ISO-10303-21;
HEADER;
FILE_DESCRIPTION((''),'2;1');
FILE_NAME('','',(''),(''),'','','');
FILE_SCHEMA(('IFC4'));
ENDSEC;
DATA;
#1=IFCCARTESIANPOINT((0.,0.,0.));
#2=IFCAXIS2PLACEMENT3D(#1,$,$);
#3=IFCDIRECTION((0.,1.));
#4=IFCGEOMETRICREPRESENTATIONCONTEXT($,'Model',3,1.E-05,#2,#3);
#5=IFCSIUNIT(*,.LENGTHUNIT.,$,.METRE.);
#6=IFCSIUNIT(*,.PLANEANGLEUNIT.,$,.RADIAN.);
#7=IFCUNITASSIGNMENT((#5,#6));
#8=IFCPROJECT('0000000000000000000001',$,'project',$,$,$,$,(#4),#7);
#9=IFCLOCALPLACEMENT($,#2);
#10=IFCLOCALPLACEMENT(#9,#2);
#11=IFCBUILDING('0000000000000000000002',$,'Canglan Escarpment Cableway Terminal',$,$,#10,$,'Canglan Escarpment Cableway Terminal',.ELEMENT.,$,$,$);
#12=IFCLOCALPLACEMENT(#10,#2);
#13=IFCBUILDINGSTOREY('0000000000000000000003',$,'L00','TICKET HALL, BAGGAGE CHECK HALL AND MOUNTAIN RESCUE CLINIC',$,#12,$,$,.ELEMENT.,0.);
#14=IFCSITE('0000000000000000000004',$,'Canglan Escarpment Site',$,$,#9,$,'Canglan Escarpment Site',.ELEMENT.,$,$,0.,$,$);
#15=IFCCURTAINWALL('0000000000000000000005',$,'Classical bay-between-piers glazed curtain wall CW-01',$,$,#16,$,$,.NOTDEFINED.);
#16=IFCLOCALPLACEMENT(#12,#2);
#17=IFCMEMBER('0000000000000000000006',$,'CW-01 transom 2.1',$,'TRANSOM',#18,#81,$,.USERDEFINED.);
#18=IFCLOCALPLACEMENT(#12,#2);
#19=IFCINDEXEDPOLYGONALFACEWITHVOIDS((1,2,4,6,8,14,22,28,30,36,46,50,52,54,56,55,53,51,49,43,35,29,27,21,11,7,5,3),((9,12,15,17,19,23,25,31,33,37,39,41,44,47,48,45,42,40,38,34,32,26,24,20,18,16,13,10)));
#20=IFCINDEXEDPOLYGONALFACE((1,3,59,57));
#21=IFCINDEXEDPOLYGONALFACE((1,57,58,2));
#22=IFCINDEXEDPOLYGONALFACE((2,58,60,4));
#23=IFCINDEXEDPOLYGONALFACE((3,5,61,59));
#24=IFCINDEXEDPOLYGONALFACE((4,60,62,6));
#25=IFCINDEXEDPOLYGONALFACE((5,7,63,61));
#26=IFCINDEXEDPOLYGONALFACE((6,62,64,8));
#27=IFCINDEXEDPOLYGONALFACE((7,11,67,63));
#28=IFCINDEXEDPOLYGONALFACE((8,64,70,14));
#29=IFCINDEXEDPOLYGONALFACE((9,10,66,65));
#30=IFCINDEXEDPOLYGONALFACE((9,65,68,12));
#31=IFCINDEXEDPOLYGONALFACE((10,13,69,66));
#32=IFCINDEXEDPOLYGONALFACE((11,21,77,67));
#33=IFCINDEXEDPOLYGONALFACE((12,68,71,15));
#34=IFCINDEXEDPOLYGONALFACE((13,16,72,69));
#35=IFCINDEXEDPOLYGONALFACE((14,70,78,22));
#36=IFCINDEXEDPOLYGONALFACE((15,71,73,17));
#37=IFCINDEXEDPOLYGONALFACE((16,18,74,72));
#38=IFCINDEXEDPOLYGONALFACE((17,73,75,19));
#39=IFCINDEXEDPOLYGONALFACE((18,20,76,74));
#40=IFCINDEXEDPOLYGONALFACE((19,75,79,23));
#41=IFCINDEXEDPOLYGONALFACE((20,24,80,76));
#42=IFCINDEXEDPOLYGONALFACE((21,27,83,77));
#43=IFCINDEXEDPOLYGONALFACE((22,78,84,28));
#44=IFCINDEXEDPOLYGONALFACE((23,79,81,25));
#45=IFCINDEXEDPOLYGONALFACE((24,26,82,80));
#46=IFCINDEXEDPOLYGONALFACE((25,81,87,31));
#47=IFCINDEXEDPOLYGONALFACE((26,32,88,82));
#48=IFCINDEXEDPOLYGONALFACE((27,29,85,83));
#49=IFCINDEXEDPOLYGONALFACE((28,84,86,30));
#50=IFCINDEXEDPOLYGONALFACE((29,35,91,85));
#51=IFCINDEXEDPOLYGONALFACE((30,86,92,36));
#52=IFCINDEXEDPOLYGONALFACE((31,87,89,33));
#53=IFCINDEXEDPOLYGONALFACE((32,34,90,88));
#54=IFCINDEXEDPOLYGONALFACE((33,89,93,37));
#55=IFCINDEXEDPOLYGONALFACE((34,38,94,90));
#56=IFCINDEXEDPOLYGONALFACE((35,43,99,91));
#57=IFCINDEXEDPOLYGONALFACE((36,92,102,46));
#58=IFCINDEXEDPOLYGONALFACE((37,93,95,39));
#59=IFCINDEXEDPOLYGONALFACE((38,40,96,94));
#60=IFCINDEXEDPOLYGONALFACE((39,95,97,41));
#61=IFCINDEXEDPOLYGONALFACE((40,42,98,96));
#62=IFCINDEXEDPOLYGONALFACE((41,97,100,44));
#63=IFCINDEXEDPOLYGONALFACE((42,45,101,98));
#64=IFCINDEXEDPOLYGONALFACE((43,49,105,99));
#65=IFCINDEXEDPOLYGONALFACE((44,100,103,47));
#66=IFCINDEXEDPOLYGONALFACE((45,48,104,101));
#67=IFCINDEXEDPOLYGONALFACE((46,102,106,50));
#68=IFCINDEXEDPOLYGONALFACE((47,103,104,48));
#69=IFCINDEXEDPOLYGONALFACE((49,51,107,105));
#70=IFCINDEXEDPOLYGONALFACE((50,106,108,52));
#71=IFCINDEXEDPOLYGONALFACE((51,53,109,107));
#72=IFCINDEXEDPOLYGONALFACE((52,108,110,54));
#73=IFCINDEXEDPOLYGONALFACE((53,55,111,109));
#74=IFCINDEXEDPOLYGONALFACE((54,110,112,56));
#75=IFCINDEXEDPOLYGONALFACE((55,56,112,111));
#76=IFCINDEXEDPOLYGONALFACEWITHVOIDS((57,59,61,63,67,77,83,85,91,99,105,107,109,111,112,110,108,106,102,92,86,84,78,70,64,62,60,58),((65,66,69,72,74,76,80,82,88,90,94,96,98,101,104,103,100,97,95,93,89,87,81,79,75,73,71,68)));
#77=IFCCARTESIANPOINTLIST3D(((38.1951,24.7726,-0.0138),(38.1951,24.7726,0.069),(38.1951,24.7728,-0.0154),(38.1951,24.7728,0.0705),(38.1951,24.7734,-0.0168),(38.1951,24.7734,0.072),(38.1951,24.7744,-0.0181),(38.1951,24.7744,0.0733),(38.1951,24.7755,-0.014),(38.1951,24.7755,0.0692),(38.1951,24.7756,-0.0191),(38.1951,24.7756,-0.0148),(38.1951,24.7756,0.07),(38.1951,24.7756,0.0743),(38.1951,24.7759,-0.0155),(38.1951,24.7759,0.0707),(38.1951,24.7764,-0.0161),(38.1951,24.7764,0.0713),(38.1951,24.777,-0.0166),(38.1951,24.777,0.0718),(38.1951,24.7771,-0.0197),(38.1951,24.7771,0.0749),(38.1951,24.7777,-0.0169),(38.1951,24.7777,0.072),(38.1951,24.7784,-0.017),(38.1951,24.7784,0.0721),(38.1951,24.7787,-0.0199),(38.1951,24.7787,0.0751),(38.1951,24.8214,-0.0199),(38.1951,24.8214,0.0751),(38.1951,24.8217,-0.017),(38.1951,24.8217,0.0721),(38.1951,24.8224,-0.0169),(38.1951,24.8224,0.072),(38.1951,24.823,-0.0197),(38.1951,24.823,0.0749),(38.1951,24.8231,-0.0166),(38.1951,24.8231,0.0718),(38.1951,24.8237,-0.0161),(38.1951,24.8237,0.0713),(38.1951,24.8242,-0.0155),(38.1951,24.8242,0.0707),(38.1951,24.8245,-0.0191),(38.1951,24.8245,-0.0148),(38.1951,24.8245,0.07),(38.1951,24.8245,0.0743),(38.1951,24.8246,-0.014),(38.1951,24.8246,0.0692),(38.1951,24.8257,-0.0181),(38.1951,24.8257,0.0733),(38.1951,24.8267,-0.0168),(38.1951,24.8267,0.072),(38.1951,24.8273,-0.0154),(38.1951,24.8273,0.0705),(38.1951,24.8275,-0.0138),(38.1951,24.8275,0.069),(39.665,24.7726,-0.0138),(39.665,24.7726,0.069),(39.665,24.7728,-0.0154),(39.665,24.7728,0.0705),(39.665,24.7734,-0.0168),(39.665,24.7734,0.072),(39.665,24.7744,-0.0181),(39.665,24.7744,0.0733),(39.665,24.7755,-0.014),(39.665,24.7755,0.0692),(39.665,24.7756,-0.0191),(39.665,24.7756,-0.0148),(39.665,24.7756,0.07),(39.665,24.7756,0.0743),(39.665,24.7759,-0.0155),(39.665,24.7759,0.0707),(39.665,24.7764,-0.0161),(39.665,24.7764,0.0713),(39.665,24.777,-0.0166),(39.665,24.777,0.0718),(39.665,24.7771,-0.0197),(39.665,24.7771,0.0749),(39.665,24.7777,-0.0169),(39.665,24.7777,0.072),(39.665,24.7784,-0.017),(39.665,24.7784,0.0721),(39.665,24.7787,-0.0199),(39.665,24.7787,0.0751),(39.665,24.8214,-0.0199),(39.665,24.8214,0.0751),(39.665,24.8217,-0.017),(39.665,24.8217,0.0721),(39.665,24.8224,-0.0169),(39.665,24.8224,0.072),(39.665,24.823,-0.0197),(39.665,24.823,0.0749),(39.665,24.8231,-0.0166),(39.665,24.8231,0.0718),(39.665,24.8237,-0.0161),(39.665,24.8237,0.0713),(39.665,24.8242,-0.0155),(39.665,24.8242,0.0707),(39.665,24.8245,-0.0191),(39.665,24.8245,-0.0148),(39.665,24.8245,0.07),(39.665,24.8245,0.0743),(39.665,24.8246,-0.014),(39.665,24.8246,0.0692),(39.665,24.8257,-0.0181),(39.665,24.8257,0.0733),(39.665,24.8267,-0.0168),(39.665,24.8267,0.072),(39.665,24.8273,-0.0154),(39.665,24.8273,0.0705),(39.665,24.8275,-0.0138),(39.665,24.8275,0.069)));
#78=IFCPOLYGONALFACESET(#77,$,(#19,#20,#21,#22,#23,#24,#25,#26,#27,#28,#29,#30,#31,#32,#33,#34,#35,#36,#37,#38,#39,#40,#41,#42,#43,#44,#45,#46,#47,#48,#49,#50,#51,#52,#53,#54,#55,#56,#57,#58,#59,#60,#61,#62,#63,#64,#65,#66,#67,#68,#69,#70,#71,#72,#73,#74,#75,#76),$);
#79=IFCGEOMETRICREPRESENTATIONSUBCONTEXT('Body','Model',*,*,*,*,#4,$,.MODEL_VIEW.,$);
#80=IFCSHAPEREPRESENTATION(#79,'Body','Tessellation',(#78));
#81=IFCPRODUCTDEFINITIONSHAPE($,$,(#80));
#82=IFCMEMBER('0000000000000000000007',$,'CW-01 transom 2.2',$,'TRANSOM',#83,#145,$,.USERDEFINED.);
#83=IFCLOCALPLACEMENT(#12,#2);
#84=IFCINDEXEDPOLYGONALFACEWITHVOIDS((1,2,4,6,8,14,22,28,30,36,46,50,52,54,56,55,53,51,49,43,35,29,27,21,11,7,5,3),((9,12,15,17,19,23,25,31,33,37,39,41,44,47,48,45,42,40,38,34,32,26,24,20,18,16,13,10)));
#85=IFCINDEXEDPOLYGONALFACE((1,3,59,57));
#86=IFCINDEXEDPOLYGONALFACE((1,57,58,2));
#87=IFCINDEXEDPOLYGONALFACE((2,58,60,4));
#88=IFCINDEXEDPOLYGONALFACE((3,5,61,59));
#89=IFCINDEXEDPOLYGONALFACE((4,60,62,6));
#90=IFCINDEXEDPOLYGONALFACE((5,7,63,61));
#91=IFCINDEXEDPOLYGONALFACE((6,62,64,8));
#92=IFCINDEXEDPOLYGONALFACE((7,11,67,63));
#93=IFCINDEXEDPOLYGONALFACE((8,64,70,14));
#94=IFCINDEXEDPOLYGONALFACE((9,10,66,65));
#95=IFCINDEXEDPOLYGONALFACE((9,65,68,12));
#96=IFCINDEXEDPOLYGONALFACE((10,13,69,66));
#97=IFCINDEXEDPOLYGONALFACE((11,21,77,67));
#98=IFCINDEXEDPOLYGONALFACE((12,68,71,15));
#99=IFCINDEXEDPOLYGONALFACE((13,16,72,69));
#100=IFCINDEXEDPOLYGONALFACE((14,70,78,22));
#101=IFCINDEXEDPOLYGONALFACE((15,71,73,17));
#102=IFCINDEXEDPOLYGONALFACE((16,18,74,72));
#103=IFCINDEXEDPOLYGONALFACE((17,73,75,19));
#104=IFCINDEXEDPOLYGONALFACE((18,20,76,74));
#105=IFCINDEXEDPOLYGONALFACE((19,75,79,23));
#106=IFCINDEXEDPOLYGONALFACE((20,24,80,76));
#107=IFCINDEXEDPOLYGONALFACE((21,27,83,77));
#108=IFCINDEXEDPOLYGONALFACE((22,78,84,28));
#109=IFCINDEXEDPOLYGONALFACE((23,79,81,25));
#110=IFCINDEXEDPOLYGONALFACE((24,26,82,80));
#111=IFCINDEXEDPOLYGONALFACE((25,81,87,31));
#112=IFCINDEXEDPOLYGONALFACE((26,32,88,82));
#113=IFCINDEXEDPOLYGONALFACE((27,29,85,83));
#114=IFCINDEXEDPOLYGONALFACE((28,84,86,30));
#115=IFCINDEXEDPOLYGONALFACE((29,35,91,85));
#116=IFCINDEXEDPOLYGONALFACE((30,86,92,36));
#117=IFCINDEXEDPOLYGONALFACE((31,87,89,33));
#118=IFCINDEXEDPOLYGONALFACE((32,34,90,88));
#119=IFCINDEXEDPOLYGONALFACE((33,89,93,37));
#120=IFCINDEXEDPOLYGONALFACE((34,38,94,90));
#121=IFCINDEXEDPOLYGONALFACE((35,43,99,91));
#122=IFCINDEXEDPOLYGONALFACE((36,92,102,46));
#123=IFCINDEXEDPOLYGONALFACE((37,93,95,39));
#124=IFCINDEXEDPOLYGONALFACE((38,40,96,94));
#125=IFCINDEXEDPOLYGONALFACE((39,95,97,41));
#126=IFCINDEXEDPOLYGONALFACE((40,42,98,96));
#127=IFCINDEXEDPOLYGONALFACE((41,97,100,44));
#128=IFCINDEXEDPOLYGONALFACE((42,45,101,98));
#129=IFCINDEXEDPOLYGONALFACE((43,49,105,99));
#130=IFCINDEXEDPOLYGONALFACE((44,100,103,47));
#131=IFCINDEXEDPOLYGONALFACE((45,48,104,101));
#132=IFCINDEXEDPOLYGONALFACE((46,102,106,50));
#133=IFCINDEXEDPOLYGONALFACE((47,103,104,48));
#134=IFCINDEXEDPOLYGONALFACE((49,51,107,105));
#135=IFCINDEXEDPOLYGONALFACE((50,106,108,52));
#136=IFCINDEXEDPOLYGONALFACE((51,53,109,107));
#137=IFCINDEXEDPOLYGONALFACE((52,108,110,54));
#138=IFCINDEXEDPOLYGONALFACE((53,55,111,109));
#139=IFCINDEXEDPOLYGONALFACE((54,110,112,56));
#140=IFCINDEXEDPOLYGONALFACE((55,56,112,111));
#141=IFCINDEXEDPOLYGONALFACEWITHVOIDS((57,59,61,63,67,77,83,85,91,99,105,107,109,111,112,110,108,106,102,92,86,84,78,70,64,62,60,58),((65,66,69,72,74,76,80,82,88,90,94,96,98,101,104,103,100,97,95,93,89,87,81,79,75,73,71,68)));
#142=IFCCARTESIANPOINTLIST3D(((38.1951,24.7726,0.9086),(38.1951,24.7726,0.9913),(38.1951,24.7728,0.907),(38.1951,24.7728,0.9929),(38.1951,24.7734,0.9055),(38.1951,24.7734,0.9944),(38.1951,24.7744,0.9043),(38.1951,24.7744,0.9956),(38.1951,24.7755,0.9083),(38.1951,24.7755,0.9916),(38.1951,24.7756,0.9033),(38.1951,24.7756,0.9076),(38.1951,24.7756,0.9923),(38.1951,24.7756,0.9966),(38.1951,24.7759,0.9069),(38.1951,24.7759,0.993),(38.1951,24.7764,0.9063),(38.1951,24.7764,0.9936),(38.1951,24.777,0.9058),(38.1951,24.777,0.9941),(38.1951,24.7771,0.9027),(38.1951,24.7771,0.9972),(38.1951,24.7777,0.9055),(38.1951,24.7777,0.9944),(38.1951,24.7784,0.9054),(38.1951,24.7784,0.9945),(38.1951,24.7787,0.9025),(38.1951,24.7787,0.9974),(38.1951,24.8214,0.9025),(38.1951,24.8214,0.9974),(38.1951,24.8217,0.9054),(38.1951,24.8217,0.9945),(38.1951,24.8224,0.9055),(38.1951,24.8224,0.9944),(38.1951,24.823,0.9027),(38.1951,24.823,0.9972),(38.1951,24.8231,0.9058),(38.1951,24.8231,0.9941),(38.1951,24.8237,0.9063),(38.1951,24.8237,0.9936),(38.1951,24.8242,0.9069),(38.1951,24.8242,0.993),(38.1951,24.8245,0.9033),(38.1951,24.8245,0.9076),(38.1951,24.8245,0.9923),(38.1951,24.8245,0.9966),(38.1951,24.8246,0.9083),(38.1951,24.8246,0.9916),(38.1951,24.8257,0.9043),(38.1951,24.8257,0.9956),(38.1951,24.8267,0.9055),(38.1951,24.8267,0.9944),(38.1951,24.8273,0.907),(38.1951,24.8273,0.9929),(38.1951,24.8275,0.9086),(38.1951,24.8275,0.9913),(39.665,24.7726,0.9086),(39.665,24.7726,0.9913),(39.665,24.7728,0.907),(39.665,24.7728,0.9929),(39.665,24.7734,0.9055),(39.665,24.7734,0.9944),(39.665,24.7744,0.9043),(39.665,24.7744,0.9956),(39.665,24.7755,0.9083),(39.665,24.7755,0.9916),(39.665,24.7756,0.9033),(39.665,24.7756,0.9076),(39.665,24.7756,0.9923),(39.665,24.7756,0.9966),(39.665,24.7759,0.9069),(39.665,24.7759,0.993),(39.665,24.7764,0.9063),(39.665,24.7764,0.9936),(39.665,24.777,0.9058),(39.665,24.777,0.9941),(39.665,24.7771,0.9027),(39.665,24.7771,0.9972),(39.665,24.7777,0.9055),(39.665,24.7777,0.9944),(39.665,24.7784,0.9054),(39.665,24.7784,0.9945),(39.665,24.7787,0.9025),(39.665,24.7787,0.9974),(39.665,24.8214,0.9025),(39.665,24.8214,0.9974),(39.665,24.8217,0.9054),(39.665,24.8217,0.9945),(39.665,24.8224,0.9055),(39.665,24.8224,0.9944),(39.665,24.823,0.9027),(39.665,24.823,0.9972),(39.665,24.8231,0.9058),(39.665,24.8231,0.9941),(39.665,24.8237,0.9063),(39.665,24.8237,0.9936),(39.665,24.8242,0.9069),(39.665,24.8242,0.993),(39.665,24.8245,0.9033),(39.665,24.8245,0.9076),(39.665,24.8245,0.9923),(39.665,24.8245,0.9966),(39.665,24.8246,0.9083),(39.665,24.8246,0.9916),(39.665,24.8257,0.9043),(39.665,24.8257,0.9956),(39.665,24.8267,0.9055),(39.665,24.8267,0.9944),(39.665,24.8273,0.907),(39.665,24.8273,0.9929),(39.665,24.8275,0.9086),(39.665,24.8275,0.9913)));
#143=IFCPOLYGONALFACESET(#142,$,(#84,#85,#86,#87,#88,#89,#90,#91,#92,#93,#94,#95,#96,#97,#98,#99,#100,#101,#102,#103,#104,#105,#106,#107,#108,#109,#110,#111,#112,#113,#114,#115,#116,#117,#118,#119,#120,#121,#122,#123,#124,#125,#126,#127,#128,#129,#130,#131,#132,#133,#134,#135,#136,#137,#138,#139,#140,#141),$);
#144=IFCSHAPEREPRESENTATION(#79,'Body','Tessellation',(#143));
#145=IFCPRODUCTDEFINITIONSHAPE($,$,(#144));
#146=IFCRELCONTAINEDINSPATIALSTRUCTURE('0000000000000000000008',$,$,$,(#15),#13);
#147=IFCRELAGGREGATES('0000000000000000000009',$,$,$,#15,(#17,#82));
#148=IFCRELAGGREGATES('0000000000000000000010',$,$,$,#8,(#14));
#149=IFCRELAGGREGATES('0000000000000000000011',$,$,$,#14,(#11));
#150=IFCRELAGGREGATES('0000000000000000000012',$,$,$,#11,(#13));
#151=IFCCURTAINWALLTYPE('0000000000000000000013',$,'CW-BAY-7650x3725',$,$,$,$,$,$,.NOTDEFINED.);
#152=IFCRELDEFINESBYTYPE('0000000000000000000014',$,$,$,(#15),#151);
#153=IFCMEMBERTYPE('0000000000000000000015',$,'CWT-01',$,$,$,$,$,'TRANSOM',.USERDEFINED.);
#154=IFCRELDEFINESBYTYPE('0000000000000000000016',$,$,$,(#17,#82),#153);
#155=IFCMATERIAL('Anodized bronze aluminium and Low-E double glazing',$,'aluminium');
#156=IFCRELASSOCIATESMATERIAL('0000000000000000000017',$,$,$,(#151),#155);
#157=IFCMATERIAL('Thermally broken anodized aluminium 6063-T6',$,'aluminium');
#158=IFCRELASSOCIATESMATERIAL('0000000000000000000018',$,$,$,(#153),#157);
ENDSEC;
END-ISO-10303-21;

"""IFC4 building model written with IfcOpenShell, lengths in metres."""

from ifc_helpers import new_model, si_unit, direction, frame, origin, origin_2d, place, context, subcontext, project, spatial, hollow_rectangle, extrude, material, material_profile, profile_set, type_object, element, aggregate, save


model = new_model("IFC4")

# Units and contexts
model_context = context("Model", 3, precision=1e-05, world=origin(), true_north=direction((0.0, 1.0)))
body_context = subcontext(model_context, "Body", "Model", "MODEL_VIEW")
ifc_project = project(units=[si_unit("LENGTHUNIT", "METRE"), si_unit("PLANEANGLEUNIT", "RADIAN")], contexts=[model_context])

# Site, building, storey
site_placement = place(None, origin())
site = spatial("IfcSite", under=ifc_project, at=site_placement, Name="Canglan Escarpment Site", LongName="Canglan Escarpment Site", CompositionType="ELEMENT", RefElevation=0.0)
building_placement = place(site_placement, origin())
building = spatial("IfcBuilding", under=site, at=building_placement, Name="Canglan Escarpment Cableway Terminal", LongName="Canglan Escarpment Cableway Terminal", CompositionType="ELEMENT")
storey_placement = place(building_placement, origin())
storey = spatial("IfcBuildingStorey", under=building, at=storey_placement, Name="L00", Description="TICKET HALL, BAGGAGE CHECK HALL AND MOUNTAIN RESCUE CLINIC", CompositionType="ELEMENT", Elevation=0.0)

# Curtain wall, members
ifc_material_1 = material(Name="Anodized bronze aluminium and Low-E double glazing", Category="aluminium")
curtain_wall_type = type_object("IfcCurtainWallType", Name="CW-BAY-7650x3725", PredefinedType="NOTDEFINED", material=ifc_material_1)
curtain_wall_placement = place(storey_placement, origin())
curtain_wall = element("IfcCurtainWall", 1, at=curtain_wall_placement, inside=storey, type_object=curtain_wall_type, Name="Classical bay-between-piers glazed curtain wall CW-01", PredefinedType="NOTDEFINED")
ifc_material_2 = material(Name="Thermally broken anodized aluminium 6063-T6", Category="aluminium")
ifc_material_profile_1 = material_profile(ifc_material_2, hollow_rectangle(XDim=0.0549, YDim=0.095, WallThickness=0.0029, InnerFilletRadius=0.0029, OuterFilletRadius=0.0061, at=origin_2d()), Name="ALU-TRAN 55x95x3")
ifc_profile_set_1 = profile_set([ifc_material_profile_1], Name="Thermally broken anodized aluminium 6063-T6")
member_type_1 = type_object("IfcMemberType", Name="CWT-01", ElementType="TRANSOM", PredefinedType="USERDEFINED", material=ifc_profile_set_1)
member_1_placement = place(storey_placement, frame((39.665, 24.8, 0.0276), z_axis=(-1.0, 0.0, 0.0), x_axis=(0.0, -1.0, 0.0)))
member_1 = element("IfcMember", 2, at=member_1_placement, type_object=member_type_1, Name="CW-01 transom 2.1", ObjectType="TRANSOM", PredefinedType="USERDEFINED", context=body_context, shape_type="SweptSolid", body=[
    extrude(hollow_rectangle(XDim=0.0549, YDim=0.095, WallThickness=0.0029, InnerFilletRadius=0.0029, OuterFilletRadius=0.0061, at=origin_2d()), origin(), (0.0, 0.0, 1.0), 1.47),
])
member_2_placement = place(storey_placement, frame((39.665, 24.8, 0.95), z_axis=(-1.0, 0.0, 0.0), x_axis=(0.0, -1.0, 0.0)))
member_2 = element("IfcMember", 3, at=member_2_placement, type_object=member_type_1, Name="CW-01 transom 2.2", ObjectType="TRANSOM", PredefinedType="USERDEFINED", context=body_context, shape_type="SweptSolid", body=[
    extrude(hollow_rectangle(XDim=0.0549, YDim=0.095, WallThickness=0.0029, InnerFilletRadius=0.0029, OuterFilletRadius=0.0061, at=origin_2d()), origin(), (0.0, 0.0, 1.0), 1.47),
])
aggregate(curtain_wall, [member_1, member_2])

save(model, "model.ifc")
